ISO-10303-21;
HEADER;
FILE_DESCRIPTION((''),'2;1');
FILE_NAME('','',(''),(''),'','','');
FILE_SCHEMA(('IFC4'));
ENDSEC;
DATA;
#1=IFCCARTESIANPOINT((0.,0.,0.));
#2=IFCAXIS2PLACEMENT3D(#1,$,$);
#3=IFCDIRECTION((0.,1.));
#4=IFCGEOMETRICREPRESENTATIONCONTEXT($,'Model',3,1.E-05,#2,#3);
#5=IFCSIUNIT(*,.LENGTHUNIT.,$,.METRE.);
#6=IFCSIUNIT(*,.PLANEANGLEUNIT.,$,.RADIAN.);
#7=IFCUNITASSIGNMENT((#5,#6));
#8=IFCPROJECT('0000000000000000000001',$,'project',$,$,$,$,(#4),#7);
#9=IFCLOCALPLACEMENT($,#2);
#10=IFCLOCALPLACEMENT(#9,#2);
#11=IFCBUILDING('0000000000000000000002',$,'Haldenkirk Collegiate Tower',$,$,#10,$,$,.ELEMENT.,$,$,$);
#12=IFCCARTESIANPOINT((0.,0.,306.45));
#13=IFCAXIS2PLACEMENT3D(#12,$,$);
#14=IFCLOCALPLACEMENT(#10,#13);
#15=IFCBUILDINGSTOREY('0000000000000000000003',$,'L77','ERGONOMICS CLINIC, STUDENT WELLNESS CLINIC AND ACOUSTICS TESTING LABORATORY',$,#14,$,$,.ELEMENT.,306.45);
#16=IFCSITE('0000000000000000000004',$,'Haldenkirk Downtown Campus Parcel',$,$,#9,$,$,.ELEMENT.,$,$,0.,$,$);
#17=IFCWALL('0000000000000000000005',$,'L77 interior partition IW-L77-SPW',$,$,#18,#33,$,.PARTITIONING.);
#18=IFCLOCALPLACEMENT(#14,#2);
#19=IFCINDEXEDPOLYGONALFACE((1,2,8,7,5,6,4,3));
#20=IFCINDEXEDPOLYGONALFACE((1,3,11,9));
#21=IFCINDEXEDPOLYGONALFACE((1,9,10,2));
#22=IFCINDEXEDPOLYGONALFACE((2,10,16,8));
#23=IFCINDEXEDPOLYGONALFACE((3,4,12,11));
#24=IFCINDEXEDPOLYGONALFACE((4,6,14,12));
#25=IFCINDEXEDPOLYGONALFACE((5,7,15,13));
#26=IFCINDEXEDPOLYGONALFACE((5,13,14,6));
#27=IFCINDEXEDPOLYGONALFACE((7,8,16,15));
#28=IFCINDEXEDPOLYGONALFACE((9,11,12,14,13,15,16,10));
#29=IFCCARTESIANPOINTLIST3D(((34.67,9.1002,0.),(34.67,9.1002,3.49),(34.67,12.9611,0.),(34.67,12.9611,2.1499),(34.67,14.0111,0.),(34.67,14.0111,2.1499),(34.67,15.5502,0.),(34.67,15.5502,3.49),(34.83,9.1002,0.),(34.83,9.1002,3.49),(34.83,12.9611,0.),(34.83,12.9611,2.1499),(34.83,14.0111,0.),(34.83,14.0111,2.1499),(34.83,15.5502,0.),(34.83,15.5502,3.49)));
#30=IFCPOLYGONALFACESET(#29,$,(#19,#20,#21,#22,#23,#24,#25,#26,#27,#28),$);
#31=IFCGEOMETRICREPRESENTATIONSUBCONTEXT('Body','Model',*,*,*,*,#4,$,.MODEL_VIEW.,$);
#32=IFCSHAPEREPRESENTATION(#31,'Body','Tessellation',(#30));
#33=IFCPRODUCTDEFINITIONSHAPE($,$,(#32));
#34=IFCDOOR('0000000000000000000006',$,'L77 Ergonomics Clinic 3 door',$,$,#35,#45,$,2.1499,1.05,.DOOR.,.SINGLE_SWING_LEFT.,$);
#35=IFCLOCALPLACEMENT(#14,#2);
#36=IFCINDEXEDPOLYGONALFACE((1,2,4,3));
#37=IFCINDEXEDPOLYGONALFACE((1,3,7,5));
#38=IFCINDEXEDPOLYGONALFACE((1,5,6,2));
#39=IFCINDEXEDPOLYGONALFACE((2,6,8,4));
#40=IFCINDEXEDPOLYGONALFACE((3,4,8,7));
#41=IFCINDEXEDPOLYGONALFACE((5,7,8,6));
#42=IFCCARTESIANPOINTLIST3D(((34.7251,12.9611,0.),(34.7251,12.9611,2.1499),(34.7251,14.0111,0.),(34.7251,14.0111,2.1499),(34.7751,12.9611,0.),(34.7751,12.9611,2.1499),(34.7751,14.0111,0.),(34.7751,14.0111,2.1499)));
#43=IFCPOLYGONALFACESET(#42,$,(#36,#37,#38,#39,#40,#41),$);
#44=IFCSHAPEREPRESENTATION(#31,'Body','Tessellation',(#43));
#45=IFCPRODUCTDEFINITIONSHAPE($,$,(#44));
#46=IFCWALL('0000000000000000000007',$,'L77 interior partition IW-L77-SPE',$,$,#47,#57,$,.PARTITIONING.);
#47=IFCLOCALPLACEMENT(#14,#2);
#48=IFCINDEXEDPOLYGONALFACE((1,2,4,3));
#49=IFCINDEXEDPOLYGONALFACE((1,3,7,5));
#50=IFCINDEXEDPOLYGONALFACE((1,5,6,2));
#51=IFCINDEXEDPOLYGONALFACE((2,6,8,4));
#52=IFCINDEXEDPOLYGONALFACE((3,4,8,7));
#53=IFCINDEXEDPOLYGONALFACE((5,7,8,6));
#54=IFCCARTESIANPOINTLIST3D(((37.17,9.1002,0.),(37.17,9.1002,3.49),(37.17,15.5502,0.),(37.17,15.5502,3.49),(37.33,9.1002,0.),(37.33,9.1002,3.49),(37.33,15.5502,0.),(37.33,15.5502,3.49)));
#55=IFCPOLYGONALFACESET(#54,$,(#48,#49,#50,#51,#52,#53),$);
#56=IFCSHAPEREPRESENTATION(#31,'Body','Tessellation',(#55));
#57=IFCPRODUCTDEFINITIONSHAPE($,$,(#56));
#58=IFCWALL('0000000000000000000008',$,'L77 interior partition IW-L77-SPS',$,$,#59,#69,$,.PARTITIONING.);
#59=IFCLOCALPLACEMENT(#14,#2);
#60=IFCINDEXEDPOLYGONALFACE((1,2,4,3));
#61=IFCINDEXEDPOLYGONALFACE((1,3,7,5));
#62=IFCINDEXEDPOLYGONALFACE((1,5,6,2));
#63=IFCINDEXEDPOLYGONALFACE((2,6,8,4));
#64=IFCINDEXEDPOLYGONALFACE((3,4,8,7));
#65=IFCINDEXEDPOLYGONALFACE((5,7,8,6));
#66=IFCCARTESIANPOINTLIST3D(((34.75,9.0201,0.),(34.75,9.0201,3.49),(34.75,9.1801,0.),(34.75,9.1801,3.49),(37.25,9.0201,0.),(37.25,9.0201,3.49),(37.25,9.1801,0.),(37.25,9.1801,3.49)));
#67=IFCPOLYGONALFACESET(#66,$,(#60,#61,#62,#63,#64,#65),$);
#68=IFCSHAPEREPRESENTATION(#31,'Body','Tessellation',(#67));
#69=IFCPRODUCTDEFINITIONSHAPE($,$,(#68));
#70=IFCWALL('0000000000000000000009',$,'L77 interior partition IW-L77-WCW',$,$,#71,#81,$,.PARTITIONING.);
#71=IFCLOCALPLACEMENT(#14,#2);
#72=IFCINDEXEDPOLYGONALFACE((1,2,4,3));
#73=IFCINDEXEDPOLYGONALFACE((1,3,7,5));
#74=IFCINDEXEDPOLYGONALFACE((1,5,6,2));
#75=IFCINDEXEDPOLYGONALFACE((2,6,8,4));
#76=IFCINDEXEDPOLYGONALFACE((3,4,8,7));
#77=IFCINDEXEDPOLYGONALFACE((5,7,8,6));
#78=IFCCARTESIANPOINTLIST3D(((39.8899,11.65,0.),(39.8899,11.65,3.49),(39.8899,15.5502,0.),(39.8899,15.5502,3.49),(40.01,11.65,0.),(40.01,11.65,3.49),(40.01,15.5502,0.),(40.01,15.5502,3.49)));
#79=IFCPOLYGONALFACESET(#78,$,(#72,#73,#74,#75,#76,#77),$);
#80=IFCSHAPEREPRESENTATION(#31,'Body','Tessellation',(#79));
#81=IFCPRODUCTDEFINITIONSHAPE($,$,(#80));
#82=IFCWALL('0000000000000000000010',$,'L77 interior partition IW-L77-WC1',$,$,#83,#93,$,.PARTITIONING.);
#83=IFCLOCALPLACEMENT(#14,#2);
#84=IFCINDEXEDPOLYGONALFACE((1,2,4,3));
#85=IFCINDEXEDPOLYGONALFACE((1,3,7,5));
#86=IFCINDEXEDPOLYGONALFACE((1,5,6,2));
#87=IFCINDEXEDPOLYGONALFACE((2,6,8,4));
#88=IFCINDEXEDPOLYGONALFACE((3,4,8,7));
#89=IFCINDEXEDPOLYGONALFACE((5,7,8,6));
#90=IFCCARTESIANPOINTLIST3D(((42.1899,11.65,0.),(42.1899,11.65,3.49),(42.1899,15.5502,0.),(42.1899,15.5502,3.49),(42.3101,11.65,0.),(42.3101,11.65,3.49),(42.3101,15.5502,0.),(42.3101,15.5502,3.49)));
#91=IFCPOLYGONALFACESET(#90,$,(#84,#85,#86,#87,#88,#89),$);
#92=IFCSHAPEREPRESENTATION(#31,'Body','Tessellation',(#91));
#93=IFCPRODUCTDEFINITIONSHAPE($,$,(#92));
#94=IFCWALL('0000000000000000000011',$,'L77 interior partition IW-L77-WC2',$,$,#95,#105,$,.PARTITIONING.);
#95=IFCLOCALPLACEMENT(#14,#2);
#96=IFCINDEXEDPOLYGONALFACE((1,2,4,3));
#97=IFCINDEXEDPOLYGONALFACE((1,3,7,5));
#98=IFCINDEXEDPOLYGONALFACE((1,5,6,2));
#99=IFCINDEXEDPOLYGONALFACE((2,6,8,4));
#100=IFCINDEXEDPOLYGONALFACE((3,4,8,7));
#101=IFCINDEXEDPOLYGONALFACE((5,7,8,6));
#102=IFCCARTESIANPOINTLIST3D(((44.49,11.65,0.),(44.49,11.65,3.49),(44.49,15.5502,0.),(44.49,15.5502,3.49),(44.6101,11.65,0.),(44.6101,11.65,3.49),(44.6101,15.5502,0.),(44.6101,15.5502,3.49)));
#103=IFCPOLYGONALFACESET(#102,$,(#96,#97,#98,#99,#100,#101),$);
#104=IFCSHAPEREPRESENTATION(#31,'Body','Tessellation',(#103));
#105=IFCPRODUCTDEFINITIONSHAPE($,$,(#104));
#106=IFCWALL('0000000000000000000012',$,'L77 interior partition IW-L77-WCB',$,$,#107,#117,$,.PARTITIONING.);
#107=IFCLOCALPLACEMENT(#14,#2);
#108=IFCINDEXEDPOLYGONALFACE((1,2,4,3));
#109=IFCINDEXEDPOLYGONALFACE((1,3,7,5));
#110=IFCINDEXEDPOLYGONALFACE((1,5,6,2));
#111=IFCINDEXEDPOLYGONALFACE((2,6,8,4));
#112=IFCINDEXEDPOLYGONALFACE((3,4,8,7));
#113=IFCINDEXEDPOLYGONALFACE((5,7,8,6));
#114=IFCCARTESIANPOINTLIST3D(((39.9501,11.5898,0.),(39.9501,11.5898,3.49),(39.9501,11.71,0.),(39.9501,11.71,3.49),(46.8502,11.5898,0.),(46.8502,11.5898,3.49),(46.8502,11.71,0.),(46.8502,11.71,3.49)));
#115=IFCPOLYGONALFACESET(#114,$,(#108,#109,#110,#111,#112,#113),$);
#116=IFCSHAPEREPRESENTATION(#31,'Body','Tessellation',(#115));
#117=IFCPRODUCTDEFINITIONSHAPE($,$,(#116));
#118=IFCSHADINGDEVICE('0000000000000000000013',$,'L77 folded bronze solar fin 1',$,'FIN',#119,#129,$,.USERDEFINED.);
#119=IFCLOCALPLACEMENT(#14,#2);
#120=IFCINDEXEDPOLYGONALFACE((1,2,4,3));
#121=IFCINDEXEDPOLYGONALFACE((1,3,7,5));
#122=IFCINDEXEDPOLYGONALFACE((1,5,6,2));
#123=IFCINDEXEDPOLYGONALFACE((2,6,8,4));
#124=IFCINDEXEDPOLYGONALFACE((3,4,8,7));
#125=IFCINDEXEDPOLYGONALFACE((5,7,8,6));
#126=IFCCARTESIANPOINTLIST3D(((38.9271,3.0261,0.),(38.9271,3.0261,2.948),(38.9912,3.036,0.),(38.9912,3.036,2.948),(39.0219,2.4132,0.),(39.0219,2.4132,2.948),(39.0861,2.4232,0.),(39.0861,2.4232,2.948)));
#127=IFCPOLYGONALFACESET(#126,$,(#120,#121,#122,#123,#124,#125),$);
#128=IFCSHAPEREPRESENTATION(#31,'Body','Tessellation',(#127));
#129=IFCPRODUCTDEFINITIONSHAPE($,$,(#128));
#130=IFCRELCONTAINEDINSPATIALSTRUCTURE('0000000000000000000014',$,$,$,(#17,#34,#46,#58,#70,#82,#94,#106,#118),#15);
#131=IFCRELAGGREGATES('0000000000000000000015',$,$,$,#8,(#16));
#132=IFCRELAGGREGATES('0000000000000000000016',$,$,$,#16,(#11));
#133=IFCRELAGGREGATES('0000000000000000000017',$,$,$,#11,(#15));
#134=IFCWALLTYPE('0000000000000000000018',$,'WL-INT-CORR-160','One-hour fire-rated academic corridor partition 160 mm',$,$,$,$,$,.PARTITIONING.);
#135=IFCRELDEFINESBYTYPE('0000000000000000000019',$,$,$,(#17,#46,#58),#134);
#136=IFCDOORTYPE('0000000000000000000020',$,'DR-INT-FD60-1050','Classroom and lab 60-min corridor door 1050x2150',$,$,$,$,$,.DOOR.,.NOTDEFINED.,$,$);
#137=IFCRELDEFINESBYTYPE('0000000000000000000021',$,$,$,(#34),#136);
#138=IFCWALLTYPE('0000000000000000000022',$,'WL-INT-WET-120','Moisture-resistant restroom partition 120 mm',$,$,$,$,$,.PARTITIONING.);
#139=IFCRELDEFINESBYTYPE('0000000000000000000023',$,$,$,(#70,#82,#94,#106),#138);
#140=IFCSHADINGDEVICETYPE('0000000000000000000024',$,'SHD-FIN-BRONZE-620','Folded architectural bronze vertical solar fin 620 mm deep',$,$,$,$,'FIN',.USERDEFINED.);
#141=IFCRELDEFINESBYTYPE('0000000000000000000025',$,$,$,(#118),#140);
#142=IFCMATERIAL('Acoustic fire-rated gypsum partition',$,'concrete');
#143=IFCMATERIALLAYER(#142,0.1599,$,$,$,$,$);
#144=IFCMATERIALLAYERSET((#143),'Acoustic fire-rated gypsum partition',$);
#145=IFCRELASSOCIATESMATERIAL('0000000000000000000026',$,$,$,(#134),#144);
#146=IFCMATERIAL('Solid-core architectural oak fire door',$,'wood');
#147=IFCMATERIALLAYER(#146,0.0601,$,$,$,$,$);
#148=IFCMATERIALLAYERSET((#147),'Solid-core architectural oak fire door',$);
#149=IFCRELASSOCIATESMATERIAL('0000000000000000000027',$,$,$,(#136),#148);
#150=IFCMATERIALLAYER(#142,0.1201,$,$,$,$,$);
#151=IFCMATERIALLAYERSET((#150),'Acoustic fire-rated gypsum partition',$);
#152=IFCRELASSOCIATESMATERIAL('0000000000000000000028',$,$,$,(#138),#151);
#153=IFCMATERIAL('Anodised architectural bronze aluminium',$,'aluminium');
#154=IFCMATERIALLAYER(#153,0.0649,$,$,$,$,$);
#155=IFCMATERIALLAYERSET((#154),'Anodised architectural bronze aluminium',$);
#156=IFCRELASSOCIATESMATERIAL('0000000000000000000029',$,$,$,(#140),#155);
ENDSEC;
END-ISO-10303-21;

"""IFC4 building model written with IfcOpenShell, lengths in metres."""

from ifc_helpers import new_model, si_unit, direction, frame, frame_2d, origin, origin_2d, place, context, subcontext, project, spatial, rectangle, extrude, source, transform, mapped, material, layer, layer_set, type_object, element, fill, save


model = new_model("IFC4")

# Units and contexts
model_context = context("Model", 3, precision=1e-05, world=origin(), true_north=direction((0.0, 1.0)))
body_context = subcontext(model_context, "Body", "Model", "MODEL_VIEW")
ifc_project = project(units=[si_unit("LENGTHUNIT", "METRE"), si_unit("PLANEANGLEUNIT", "RADIAN")], contexts=[model_context])

# Site, building, storey
site_placement = place(None, origin())
site = spatial("IfcSite", under=ifc_project, at=site_placement, Name="Haldenkirk Downtown Campus Parcel", CompositionType="ELEMENT", RefElevation=0.0)
building_placement = place(site_placement, origin())
building = spatial("IfcBuilding", under=site, at=building_placement, Name="Haldenkirk Collegiate Tower", CompositionType="ELEMENT")
storey_placement = place(building_placement, frame((0.0, 0.0, 306.45)))
storey = spatial("IfcBuildingStorey", under=building, at=storey_placement, Name="L77", Description="ERGONOMICS CLINIC, STUDENT WELLNESS CLINIC AND ACOUSTICS TESTING LABORATORY", CompositionType="ELEMENT", Elevation=306.45)

# Shared definitions
ifc_material_1 = material(Name="Anodised architectural bronze aluminium", Category="aluminium")

# Wall, opening, door
ifc_material_2 = material(Name="Acoustic fire-rated gypsum partition", Category="concrete")
ifc_layer_1 = layer(ifc_material_2, 0.1599)
ifc_layer_set_1 = layer_set([ifc_layer_1], Name="Acoustic fire-rated gypsum partition")
wall_type_1 = type_object("IfcWallType", Name="WL-INT-CORR-160", Description="One-hour fire-rated academic corridor partition 160 mm", PredefinedType="PARTITIONING", material=ifc_layer_set_1)
wall_1_placement = place(storey_placement, frame((34.75, 9.1001, 0.0), z_axis=(0.0, 0.0, 1.0), x_axis=(0.0, 1.0, 0.0)))
wall_1 = element("IfcWall", 1, at=wall_1_placement, inside=storey, type_object=wall_type_1, Name="L77 interior partition IW-L77-SPW", PredefinedType="PARTITIONING", context=body_context, shape_type="SweptSolid", body=[
    extrude(rectangle(XDim=6.45, YDim=0.1599, at=frame_2d((3.2251, 0.0))), origin(), (0.0, 0.0, 1.0), 3.49),
])
opening_placement = place(wall_1_placement, frame((3.8611, 0.0, 0.0)))
opening = element("IfcOpeningElement", 2, at=opening_placement, cuts=wall_1, PredefinedType="OPENING", context=body_context, shape_type="SweptSolid", body=[
    extrude(rectangle(XDim=1.05, YDim=2.1499, at=frame_2d((0.5249, 1.075))), frame((0.0, 0.0898, 0.0), z_axis=(0.0, -1.0, 0.0), x_axis=(1.0, 0.0, 0.0)), (0.0, 0.0, 1.0), 0.1799),
])
ifc_material_3 = material(Name="Solid-core architectural oak fire door", Category="wood")
ifc_layer_2 = layer(ifc_material_3, 0.0601)
ifc_layer_set_2 = layer_set([ifc_layer_2], Name="Solid-core architectural oak fire door")
door_type = type_object("IfcDoorType", Name="DR-INT-FD60-1050", Description="Classroom and lab 60-min corridor door 1050x2150", OperationType="NOTDEFINED", PredefinedType="DOOR", material=ifc_layer_set_2)
door_placement = place(opening_placement, origin())
door = element("IfcDoor", 3, at=door_placement, inside=storey, type_object=door_type, Name="L77 Ergonomics Clinic 3 door", OperationType="SINGLE_SWING_LEFT", OverallHeight=2.1499, OverallWidth=1.05, PredefinedType="DOOR", context=body_context, shape_type="SweptSolid", body=[
    extrude(rectangle(XDim=1.05, YDim=2.1499, at=frame_2d((0.5249, 1.075))), frame((0.0, 0.0249, 0.0), z_axis=(0.0, -1.0, 0.0), x_axis=(1.0, 0.0, 0.0)), (0.0, 0.0, 1.0), 0.05),
])
fill(opening, door)

# Walls
wall_2_placement = place(storey_placement, frame((37.25, 9.1001, 0.0), z_axis=(0.0, 0.0, 1.0), x_axis=(0.0, 1.0, 0.0)))
element("IfcWall", 4, at=wall_2_placement, inside=storey, type_object=wall_type_1, Name="L77 interior partition IW-L77-SPE", PredefinedType="PARTITIONING", context=body_context, shape_type="SweptSolid", body=[
    extrude(rectangle(XDim=6.45, YDim=0.1599, at=frame_2d((3.2251, 0.0))), origin(), (0.0, 0.0, 1.0), 3.49),
])
wall_3_placement = place(storey_placement, frame((34.75, 9.1001, 0.0), z_axis=(0.0, 0.0, 1.0), x_axis=(1.0, 0.0, 0.0)))
element("IfcWall", 5, at=wall_3_placement, inside=storey, type_object=wall_type_1, Name="L77 interior partition IW-L77-SPS", PredefinedType="PARTITIONING", context=body_context, shape_type="SweptSolid", body=[
    extrude(rectangle(XDim=2.5, YDim=0.1599, at=frame_2d((1.25, 0.0))), origin(), (0.0, 0.0, 1.0), 3.49),
])
ifc_layer_3 = layer(ifc_material_2, 0.1201)
ifc_layer_set_3 = layer_set([ifc_layer_3], Name="Acoustic fire-rated gypsum partition")
wall_type_2 = type_object("IfcWallType", Name="WL-INT-WET-120", Description="Moisture-resistant restroom partition 120 mm", PredefinedType="PARTITIONING", material=ifc_layer_set_3)
for number, where, z_axis, x_axis, name in (
    (6, (39.95, 11.6499, 0.0), (0.0, 0.0, 1.0), (0.0, 1.0, 0.0), "L77 interior partition IW-L77-WCW"),
    (7, (42.25, 11.6499, 0.0), (0.0, 0.0, 1.0), (0.0, 1.0, 0.0), "L77 interior partition IW-L77-WC1"),
    (8, (44.55, 11.6499, 0.0), (0.0, 0.0, 1.0), (0.0, 1.0, 0.0), "L77 interior partition IW-L77-WC2"),
):
    element("IfcWall", number, at=place(storey_placement, frame(where, z_axis=z_axis, x_axis=x_axis)), inside=storey, type_object=wall_type_2, Name=name, PredefinedType="PARTITIONING", context=body_context, shape_type="SweptSolid", body=[
        extrude(rectangle(XDim=3.9001, YDim=0.1201, at=frame_2d((1.9502, 0.0))), origin(), (0.0, 0.0, 1.0), 3.49),
    ])
wall_4_placement = place(storey_placement, frame((39.95, 11.6499, 0.0), z_axis=(0.0, 0.0, 1.0), x_axis=(1.0, 0.0, 0.0)))
element("IfcWall", 9, at=wall_4_placement, inside=storey, type_object=wall_type_2, Name="L77 interior partition IW-L77-WCB", PredefinedType="PARTITIONING", context=body_context, shape_type="SweptSolid", body=[
    extrude(rectangle(XDim=6.9001, YDim=0.1201, at=frame_2d((3.4502, 0.0))), origin(), (0.0, 0.0, 1.0), 3.49),
])

# Shading device
ifc_layer_4 = layer(ifc_material_1, 0.0649)
ifc_layer_set_4 = layer_set([ifc_layer_4], Name="Anodised architectural bronze aluminium")
shading_device_type = type_object("IfcShadingDeviceType", Name="SHD-FIN-BRONZE-620", Description="Folded architectural bronze vertical solar fin 620 mm deep", ElementType="FIN", PredefinedType="USERDEFINED", material=ifc_layer_set_4)
shared_shape_1 = source(origin(), body_context, "Body", "SweptSolid", [
    extrude(rectangle(XDim=0.6201, YDim=0.0649, at=origin_2d()), origin(), (0.0, 0.0, 1.0), 2.948),
])
shading_device_placement = place(storey_placement, frame((39.0066, 2.7246, 0.0), z_axis=(0.0, 0.0, 1.0), x_axis=(0.152986, -0.988228, 0.0)))
element("IfcShadingDevice", 10, at=shading_device_placement, inside=storey, type_object=shading_device_type, Name="L77 folded bronze solar fin 1", ObjectType="FIN", PredefinedType="USERDEFINED", context=body_context, shape_type="MappedRepresentation", body=[
    mapped(shared_shape_1, transform((0.0, 0.0, 0.0), x_axis=(1.0, 0.0, 0.0), y_axis=(0.0, 1.0, 0.0), z_axis=(0.0, 0.0, 1.0), scale=1.0)),
])

save(model, "model.ifc")
